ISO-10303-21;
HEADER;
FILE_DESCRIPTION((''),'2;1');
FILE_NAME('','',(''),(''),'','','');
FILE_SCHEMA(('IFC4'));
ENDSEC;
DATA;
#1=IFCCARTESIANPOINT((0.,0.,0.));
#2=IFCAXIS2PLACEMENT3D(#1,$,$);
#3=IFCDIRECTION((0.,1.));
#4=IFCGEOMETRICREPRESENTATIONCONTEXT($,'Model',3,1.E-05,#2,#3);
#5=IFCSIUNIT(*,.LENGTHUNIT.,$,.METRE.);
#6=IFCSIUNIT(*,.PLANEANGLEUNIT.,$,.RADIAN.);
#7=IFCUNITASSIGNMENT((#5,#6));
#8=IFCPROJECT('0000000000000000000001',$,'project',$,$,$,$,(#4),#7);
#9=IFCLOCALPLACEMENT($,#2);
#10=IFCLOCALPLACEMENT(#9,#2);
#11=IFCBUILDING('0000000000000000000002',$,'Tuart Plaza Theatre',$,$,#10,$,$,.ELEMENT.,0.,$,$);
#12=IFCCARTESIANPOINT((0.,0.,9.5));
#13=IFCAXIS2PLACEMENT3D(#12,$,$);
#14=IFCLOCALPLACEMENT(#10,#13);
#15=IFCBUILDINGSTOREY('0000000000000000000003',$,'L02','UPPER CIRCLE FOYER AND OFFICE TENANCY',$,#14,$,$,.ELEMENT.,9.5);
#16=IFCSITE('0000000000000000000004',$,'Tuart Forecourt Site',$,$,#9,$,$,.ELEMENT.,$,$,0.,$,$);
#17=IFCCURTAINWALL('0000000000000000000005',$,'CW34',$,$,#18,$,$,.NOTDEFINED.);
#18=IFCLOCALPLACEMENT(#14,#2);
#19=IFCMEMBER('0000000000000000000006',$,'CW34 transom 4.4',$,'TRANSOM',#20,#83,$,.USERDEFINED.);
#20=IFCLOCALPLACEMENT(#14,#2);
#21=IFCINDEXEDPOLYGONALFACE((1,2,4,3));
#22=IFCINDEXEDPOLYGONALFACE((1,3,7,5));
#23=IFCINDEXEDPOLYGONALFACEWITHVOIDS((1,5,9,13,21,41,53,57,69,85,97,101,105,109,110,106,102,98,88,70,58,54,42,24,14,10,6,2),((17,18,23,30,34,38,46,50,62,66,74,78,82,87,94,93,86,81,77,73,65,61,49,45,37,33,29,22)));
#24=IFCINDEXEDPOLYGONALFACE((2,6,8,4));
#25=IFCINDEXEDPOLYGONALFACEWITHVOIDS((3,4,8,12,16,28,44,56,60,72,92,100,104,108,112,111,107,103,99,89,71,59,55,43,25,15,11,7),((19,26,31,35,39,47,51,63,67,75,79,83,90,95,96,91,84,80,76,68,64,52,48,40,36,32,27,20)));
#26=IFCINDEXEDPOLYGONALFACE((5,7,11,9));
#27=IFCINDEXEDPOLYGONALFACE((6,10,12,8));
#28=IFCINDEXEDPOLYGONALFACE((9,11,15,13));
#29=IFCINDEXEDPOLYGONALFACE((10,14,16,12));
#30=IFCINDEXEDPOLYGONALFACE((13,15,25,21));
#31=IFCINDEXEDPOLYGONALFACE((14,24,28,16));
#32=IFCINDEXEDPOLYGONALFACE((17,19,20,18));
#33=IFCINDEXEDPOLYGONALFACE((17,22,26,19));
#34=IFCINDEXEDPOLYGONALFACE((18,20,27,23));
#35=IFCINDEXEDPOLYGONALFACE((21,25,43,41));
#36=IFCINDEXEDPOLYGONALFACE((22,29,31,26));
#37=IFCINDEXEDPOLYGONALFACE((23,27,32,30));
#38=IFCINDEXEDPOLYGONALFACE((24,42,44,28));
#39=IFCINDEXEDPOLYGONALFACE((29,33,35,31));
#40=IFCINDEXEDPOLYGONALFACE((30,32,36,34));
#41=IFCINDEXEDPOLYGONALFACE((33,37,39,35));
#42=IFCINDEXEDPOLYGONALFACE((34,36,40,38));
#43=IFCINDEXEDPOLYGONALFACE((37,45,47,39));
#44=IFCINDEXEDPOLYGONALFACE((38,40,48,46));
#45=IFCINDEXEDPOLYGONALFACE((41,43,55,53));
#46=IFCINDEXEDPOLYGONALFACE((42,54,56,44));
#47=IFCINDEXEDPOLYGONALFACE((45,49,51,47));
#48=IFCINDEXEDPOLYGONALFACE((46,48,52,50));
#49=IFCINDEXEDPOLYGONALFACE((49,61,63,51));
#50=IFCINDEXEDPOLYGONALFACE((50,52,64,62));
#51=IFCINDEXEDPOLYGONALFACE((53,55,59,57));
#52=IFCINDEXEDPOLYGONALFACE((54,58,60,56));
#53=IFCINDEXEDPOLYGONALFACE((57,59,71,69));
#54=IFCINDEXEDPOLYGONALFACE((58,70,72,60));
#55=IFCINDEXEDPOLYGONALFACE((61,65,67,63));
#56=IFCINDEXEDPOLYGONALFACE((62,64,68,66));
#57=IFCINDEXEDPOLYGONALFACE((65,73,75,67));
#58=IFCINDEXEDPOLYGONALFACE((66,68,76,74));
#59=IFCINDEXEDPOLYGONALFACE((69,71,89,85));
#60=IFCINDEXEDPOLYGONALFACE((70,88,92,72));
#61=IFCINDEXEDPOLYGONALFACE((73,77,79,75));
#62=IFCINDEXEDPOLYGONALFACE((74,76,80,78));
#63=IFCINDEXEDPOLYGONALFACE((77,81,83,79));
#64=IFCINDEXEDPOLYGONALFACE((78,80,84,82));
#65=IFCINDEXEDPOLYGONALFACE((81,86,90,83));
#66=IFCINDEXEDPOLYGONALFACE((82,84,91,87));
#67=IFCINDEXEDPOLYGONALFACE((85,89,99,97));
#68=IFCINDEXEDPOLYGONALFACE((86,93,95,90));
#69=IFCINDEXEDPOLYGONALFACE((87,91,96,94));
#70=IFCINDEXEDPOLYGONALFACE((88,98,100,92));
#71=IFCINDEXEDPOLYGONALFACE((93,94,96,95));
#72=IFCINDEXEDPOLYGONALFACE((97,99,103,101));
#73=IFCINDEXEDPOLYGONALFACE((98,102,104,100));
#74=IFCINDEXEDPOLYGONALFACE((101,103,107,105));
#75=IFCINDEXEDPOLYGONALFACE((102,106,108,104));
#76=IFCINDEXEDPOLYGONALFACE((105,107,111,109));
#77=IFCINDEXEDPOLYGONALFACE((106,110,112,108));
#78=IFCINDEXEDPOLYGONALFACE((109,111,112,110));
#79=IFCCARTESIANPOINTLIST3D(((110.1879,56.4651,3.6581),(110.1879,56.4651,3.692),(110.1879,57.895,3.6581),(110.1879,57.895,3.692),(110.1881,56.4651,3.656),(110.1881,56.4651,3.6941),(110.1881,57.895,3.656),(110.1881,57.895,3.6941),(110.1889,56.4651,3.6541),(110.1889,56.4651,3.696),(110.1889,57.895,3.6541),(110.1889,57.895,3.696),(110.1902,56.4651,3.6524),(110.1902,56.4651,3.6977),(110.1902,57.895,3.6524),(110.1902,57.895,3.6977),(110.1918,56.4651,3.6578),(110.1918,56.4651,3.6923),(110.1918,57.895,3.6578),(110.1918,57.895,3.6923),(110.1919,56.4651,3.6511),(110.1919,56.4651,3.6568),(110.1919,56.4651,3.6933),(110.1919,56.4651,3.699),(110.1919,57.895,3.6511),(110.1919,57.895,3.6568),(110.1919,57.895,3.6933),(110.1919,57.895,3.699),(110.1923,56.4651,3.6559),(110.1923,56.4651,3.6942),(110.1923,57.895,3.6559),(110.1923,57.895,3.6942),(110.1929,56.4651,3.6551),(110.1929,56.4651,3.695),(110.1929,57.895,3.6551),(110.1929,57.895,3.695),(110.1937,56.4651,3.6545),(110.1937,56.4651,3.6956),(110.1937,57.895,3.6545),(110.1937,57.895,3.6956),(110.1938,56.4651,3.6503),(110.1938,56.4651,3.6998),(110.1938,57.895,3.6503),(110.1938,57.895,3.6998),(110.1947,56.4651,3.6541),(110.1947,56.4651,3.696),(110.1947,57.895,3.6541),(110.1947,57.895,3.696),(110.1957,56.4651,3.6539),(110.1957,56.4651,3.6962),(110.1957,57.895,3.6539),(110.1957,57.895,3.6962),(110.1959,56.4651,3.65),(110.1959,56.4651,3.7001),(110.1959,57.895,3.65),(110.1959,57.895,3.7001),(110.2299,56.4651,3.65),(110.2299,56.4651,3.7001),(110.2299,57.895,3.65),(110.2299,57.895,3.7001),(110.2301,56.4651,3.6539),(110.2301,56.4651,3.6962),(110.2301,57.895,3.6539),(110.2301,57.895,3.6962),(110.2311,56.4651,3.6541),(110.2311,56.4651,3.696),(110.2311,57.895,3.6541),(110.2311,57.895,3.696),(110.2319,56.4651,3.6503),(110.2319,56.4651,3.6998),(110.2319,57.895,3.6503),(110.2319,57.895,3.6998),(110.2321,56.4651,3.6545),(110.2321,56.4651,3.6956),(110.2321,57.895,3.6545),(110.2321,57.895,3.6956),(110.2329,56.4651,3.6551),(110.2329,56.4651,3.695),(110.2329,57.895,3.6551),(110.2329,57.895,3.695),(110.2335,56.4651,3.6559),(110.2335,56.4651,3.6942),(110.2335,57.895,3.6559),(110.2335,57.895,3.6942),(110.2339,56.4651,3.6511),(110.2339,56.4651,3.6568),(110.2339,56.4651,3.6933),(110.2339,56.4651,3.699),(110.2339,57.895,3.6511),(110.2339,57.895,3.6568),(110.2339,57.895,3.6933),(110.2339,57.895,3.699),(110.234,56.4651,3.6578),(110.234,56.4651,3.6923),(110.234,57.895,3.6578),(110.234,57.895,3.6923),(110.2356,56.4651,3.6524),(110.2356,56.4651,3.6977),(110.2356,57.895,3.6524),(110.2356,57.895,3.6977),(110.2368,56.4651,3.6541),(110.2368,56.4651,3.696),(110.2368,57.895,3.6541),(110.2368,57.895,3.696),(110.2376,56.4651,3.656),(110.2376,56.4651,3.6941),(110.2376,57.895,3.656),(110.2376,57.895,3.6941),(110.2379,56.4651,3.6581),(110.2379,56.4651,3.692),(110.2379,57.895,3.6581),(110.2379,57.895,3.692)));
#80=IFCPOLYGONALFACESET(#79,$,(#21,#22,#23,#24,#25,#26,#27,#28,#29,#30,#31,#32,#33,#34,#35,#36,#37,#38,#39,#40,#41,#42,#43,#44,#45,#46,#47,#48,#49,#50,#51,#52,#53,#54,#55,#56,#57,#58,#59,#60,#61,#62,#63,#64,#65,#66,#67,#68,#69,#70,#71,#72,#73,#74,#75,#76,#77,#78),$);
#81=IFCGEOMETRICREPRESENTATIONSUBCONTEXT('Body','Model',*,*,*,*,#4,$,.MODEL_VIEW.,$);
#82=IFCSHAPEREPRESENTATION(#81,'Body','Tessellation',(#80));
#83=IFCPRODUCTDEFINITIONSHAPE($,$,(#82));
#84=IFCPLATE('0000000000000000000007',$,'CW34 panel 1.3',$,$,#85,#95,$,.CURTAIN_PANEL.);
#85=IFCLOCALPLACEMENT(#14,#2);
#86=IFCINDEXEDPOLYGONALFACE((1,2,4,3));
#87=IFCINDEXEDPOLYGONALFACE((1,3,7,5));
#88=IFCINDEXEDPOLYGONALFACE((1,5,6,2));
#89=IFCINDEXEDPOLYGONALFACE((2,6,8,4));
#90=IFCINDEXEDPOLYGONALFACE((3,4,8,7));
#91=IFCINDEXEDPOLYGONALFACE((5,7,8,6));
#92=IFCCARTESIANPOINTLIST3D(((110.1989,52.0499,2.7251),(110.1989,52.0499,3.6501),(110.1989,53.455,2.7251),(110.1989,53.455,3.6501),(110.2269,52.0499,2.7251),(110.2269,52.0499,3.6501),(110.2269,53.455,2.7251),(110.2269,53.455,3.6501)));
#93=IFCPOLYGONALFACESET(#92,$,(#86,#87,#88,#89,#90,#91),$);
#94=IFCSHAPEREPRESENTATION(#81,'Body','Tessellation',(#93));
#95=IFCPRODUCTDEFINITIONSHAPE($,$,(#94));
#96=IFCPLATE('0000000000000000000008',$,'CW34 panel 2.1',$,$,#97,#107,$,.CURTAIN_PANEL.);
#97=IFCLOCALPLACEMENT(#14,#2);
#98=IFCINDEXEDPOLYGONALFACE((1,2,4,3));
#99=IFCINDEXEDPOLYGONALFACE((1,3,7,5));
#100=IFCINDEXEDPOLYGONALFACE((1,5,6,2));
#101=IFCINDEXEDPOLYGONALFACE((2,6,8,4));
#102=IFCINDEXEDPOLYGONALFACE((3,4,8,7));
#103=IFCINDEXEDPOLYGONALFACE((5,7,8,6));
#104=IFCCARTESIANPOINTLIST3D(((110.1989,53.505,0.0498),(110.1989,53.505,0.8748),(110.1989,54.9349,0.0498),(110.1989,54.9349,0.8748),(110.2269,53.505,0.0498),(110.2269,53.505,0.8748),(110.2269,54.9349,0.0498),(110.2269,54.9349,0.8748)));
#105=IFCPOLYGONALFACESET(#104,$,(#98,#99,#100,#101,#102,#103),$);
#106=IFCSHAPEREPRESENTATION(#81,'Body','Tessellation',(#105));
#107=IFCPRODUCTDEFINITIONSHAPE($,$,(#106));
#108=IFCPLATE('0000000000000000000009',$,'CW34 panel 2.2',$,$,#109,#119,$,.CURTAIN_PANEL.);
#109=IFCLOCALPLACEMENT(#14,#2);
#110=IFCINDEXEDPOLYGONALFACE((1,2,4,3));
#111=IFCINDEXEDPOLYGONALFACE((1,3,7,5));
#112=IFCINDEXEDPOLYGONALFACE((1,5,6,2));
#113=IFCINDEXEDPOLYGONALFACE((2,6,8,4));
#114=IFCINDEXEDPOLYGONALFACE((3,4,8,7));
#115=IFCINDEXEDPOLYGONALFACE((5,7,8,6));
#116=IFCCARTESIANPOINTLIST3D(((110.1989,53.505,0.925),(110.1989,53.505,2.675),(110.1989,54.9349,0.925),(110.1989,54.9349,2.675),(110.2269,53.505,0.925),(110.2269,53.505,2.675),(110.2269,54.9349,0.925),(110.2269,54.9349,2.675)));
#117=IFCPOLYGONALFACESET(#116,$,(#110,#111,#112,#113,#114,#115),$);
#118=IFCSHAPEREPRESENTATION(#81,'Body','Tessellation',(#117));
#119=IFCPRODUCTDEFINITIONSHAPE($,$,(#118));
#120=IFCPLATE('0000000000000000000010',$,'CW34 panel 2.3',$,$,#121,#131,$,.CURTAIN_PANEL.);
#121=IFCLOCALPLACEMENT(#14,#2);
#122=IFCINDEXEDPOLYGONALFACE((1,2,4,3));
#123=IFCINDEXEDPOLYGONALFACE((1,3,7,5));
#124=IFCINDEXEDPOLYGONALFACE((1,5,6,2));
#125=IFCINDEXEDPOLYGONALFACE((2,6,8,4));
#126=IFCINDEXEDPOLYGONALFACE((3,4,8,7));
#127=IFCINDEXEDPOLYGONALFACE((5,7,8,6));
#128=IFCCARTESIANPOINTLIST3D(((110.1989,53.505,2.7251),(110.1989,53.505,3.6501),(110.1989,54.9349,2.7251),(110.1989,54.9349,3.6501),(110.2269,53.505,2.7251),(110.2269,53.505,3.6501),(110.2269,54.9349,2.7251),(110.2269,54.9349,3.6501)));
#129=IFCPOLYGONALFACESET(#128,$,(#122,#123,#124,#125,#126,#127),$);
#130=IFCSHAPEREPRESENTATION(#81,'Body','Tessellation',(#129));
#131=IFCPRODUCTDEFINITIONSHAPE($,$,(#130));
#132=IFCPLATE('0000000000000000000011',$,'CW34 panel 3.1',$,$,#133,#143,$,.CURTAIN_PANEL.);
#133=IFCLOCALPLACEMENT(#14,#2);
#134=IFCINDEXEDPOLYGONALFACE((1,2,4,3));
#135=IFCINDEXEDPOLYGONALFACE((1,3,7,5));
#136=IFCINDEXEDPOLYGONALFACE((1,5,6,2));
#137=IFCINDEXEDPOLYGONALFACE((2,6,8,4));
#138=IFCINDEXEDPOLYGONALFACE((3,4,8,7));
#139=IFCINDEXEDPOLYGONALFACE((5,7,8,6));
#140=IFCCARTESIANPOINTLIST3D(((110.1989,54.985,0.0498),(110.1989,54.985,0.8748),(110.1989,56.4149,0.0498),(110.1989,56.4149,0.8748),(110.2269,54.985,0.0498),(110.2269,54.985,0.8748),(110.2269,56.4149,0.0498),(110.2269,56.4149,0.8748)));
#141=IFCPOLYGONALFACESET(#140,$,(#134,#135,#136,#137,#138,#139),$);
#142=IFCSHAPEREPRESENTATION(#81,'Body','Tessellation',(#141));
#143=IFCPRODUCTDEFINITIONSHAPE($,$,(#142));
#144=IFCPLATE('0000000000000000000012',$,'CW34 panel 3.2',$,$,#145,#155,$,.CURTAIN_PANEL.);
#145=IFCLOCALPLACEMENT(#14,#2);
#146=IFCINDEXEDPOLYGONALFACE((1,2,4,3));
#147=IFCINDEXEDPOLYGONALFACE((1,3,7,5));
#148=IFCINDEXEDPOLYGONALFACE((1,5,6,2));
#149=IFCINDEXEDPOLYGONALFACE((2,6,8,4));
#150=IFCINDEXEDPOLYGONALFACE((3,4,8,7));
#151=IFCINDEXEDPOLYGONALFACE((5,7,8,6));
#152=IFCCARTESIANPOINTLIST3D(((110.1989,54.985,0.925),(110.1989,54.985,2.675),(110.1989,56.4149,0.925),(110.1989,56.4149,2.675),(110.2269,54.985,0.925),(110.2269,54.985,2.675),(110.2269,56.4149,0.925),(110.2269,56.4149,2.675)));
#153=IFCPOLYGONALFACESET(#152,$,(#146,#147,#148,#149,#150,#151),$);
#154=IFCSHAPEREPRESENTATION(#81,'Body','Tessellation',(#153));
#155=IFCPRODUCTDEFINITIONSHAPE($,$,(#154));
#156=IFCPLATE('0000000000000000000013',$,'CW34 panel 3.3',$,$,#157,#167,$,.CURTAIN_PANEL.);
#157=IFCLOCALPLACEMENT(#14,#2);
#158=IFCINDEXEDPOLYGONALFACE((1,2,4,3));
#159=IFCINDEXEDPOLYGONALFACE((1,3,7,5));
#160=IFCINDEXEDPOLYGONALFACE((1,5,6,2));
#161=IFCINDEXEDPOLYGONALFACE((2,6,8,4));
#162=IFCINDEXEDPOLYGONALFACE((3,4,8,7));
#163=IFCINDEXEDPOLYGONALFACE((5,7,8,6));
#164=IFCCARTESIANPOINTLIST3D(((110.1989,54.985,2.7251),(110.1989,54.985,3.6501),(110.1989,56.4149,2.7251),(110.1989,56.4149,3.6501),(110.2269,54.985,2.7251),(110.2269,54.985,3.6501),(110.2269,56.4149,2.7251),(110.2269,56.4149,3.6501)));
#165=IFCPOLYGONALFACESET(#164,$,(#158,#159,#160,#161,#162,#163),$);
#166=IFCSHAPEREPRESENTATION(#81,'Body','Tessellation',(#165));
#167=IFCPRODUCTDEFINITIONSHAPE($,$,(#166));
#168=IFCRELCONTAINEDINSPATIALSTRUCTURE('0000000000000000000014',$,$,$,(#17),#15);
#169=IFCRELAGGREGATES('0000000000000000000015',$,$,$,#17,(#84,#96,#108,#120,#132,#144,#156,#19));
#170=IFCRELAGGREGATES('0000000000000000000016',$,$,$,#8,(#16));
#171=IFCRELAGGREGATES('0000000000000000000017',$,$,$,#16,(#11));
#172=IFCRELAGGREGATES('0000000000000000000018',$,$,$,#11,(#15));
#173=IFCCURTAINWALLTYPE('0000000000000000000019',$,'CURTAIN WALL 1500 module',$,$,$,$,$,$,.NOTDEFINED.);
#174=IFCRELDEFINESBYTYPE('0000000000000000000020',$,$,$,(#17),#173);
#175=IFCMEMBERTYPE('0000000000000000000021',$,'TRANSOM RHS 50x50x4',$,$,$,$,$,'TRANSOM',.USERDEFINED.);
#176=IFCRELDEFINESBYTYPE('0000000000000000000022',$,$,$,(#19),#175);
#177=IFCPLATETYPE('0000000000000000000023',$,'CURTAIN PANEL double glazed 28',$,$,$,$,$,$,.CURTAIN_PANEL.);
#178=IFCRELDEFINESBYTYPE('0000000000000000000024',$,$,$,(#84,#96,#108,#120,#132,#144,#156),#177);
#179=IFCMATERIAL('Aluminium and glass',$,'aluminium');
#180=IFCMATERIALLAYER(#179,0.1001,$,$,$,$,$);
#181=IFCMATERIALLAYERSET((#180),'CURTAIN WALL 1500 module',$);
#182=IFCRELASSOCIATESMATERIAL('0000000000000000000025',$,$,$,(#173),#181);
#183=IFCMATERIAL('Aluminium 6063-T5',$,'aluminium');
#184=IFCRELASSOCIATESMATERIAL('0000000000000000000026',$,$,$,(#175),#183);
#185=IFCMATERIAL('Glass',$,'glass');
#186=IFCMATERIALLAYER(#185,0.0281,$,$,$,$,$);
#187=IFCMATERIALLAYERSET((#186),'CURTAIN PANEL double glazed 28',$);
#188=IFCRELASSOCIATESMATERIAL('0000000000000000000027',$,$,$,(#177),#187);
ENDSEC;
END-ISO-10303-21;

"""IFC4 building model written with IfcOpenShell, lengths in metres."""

from ifc_helpers import new_model, si_unit, direction, frame, origin, origin_2d, place, context, subcontext, project, spatial, rectangle, hollow_rectangle, extrude, material, layer, layer_set, material_profile, profile_set, type_object, element, aggregate, save


model = new_model("IFC4")

# Units and contexts
model_context = context("Model", 3, precision=1e-05, world=origin(), true_north=direction((0.0, 1.0)))
body_context = subcontext(model_context, "Body", "Model", "MODEL_VIEW")
ifc_project = project(units=[si_unit("LENGTHUNIT", "METRE"), si_unit("PLANEANGLEUNIT", "RADIAN")], contexts=[model_context])

# Site, building, storey
site_placement = place(None, origin())
site = spatial("IfcSite", under=ifc_project, at=site_placement, Name="Tuart Forecourt Site", CompositionType="ELEMENT", RefElevation=0.0)
building_placement = place(site_placement, origin())
building = spatial("IfcBuilding", under=site, at=building_placement, Name="Tuart Plaza Theatre", CompositionType="ELEMENT", ElevationOfRefHeight=0.0)
storey_placement = place(building_placement, frame((0.0, 0.0, 9.5)))
storey = spatial("IfcBuildingStorey", under=building, at=storey_placement, Name="L02", Description="UPPER CIRCLE FOYER AND OFFICE TENANCY", CompositionType="ELEMENT", Elevation=9.5)

# Curtain wall, member, plates
ifc_material_1 = material(Name="Aluminium and glass", Category="aluminium")
ifc_layer_1 = layer(ifc_material_1, 0.1001)
ifc_layer_set_1 = layer_set([ifc_layer_1], Name="CURTAIN WALL 1500 module")
curtain_wall_type = type_object("IfcCurtainWallType", Name="CURTAIN WALL 1500 module", PredefinedType="NOTDEFINED", material=ifc_layer_set_1)
curtain_wall_placement = place(storey_placement, origin())
curtain_wall = element("IfcCurtainWall", 1, at=curtain_wall_placement, inside=storey, type_object=curtain_wall_type, Name="CW34", PredefinedType="NOTDEFINED")
ifc_material_2 = material(Name="Aluminium 6063-T5", Category="aluminium")
ifc_material_profile_1 = material_profile(ifc_material_2, hollow_rectangle(XDim=0.05, YDim=0.05, WallThickness=0.0039, InnerFilletRadius=0.0039, OuterFilletRadius=0.0081, at=origin_2d()), Name="RHS 50x50x4")
ifc_profile_set_1 = profile_set([ifc_material_profile_1], Name="Aluminium 6063-T5")
member_type_1 = type_object("IfcMemberType", Name="TRANSOM RHS 50x50x4", ElementType="TRANSOM", PredefinedType="USERDEFINED", material=ifc_profile_set_1)
member_1_placement = place(storey_placement, frame((110.2129, 56.4651, 3.675), z_axis=(0.0, 1.0, 0.0), x_axis=(-1.0, 0.0, 0.0)))
member_1 = element("IfcMember", 2, at=member_1_placement, type_object=member_type_1, Name="CW34 transom 4.4", ObjectType="TRANSOM", PredefinedType="USERDEFINED", context=body_context, shape_type="SweptSolid", body=[
    extrude(hollow_rectangle(XDim=0.05, YDim=0.05, WallThickness=0.0039, InnerFilletRadius=0.0039, OuterFilletRadius=0.0081, at=origin_2d()), origin(), (0.0, 0.0, 1.0), 1.4299),
])
ifc_material_3 = material(Name="Glass", Category="glass")
ifc_layer_2 = layer(ifc_material_3, 0.0281)
ifc_layer_set_2 = layer_set([ifc_layer_2], Name="CURTAIN PANEL double glazed 28")
plate_type = type_object("IfcPlateType", Name="CURTAIN PANEL double glazed 28", PredefinedType="CURTAIN_PANEL", material=ifc_layer_set_2)
plate_1_placement = place(storey_placement, frame((110.2129, 52.7524, 2.7251), z_axis=(0.0, 0.0, 1.0), x_axis=(0.0, 1.0, 0.0)))
plate_1 = element("IfcPlate", 3, at=plate_1_placement, type_object=plate_type, Name="CW34 panel 1.3", PredefinedType="CURTAIN_PANEL", context=body_context, shape_type="SweptSolid", body=[
    extrude(rectangle(XDim=1.405, YDim=0.0281, at=origin_2d()), origin(), (0.0, 0.0, 1.0), 0.925),
])
plate_2_placement = place(storey_placement, frame((110.2129, 54.22, 0.0498), z_axis=(0.0, 0.0, 1.0), x_axis=(0.0, 1.0, 0.0)))
plate_2 = element("IfcPlate", 4, at=plate_2_placement, type_object=plate_type, Name="CW34 panel 2.1", PredefinedType="CURTAIN_PANEL", context=body_context, shape_type="SweptSolid", body=[
    extrude(rectangle(XDim=1.4299, YDim=0.0281, at=origin_2d()), origin(), (0.0, 0.0, 1.0), 0.825),
])
plate_3_placement = place(storey_placement, frame((110.2129, 54.22, 0.925), z_axis=(0.0, 0.0, 1.0), x_axis=(0.0, 1.0, 0.0)))
plate_3 = element("IfcPlate", 5, at=plate_3_placement, type_object=plate_type, Name="CW34 panel 2.2", PredefinedType="CURTAIN_PANEL", context=body_context, shape_type="SweptSolid", body=[
    extrude(rectangle(XDim=1.4299, YDim=0.0281, at=origin_2d()), origin(), (0.0, 0.0, 1.0), 1.75),
])
plate_4_placement = place(storey_placement, frame((110.2129, 54.22, 2.7251), z_axis=(0.0, 0.0, 1.0), x_axis=(0.0, 1.0, 0.0)))
plate_4 = element("IfcPlate", 6, at=plate_4_placement, type_object=plate_type, Name="CW34 panel 2.3", PredefinedType="CURTAIN_PANEL", context=body_context, shape_type="SweptSolid", body=[
    extrude(rectangle(XDim=1.4299, YDim=0.0281, at=origin_2d()), origin(), (0.0, 0.0, 1.0), 0.925),
])
plate_5_placement = place(storey_placement, frame((110.2129, 55.7, 0.0498), z_axis=(0.0, 0.0, 1.0), x_axis=(0.0, 1.0, 0.0)))
plate_5 = element("IfcPlate", 7, at=plate_5_placement, type_object=plate_type, Name="CW34 panel 3.1", PredefinedType="CURTAIN_PANEL", context=body_context, shape_type="SweptSolid", body=[
    extrude(rectangle(XDim=1.4299, YDim=0.0281, at=origin_2d()), origin(), (0.0, 0.0, 1.0), 0.825),
])
plate_6_placement = place(storey_placement, frame((110.2129, 55.7, 0.925), z_axis=(0.0, 0.0, 1.0), x_axis=(0.0, 1.0, 0.0)))
plate_6 = element("IfcPlate", 8, at=plate_6_placement, type_object=plate_type, Name="CW34 panel 3.2", PredefinedType="CURTAIN_PANEL", context=body_context, shape_type="SweptSolid", body=[
    extrude(rectangle(XDim=1.4299, YDim=0.0281, at=origin_2d()), origin(), (0.0, 0.0, 1.0), 1.75),
])
plate_7_placement = place(storey_placement, frame((110.2129, 55.7, 2.7251), z_axis=(0.0, 0.0, 1.0), x_axis=(0.0, 1.0, 0.0)))
plate_7 = element("IfcPlate", 9, at=plate_7_placement, type_object=plate_type, Name="CW34 panel 3.3", PredefinedType="CURTAIN_PANEL", context=body_context, shape_type="SweptSolid", body=[
    extrude(rectangle(XDim=1.4299, YDim=0.0281, at=origin_2d()), origin(), (0.0, 0.0, 1.0), 0.925),
])
aggregate(curtain_wall, [plate_1, plate_2, plate_3, plate_4, plate_5, plate_6, plate_7, member_1])

save(model, "model.ifc")
